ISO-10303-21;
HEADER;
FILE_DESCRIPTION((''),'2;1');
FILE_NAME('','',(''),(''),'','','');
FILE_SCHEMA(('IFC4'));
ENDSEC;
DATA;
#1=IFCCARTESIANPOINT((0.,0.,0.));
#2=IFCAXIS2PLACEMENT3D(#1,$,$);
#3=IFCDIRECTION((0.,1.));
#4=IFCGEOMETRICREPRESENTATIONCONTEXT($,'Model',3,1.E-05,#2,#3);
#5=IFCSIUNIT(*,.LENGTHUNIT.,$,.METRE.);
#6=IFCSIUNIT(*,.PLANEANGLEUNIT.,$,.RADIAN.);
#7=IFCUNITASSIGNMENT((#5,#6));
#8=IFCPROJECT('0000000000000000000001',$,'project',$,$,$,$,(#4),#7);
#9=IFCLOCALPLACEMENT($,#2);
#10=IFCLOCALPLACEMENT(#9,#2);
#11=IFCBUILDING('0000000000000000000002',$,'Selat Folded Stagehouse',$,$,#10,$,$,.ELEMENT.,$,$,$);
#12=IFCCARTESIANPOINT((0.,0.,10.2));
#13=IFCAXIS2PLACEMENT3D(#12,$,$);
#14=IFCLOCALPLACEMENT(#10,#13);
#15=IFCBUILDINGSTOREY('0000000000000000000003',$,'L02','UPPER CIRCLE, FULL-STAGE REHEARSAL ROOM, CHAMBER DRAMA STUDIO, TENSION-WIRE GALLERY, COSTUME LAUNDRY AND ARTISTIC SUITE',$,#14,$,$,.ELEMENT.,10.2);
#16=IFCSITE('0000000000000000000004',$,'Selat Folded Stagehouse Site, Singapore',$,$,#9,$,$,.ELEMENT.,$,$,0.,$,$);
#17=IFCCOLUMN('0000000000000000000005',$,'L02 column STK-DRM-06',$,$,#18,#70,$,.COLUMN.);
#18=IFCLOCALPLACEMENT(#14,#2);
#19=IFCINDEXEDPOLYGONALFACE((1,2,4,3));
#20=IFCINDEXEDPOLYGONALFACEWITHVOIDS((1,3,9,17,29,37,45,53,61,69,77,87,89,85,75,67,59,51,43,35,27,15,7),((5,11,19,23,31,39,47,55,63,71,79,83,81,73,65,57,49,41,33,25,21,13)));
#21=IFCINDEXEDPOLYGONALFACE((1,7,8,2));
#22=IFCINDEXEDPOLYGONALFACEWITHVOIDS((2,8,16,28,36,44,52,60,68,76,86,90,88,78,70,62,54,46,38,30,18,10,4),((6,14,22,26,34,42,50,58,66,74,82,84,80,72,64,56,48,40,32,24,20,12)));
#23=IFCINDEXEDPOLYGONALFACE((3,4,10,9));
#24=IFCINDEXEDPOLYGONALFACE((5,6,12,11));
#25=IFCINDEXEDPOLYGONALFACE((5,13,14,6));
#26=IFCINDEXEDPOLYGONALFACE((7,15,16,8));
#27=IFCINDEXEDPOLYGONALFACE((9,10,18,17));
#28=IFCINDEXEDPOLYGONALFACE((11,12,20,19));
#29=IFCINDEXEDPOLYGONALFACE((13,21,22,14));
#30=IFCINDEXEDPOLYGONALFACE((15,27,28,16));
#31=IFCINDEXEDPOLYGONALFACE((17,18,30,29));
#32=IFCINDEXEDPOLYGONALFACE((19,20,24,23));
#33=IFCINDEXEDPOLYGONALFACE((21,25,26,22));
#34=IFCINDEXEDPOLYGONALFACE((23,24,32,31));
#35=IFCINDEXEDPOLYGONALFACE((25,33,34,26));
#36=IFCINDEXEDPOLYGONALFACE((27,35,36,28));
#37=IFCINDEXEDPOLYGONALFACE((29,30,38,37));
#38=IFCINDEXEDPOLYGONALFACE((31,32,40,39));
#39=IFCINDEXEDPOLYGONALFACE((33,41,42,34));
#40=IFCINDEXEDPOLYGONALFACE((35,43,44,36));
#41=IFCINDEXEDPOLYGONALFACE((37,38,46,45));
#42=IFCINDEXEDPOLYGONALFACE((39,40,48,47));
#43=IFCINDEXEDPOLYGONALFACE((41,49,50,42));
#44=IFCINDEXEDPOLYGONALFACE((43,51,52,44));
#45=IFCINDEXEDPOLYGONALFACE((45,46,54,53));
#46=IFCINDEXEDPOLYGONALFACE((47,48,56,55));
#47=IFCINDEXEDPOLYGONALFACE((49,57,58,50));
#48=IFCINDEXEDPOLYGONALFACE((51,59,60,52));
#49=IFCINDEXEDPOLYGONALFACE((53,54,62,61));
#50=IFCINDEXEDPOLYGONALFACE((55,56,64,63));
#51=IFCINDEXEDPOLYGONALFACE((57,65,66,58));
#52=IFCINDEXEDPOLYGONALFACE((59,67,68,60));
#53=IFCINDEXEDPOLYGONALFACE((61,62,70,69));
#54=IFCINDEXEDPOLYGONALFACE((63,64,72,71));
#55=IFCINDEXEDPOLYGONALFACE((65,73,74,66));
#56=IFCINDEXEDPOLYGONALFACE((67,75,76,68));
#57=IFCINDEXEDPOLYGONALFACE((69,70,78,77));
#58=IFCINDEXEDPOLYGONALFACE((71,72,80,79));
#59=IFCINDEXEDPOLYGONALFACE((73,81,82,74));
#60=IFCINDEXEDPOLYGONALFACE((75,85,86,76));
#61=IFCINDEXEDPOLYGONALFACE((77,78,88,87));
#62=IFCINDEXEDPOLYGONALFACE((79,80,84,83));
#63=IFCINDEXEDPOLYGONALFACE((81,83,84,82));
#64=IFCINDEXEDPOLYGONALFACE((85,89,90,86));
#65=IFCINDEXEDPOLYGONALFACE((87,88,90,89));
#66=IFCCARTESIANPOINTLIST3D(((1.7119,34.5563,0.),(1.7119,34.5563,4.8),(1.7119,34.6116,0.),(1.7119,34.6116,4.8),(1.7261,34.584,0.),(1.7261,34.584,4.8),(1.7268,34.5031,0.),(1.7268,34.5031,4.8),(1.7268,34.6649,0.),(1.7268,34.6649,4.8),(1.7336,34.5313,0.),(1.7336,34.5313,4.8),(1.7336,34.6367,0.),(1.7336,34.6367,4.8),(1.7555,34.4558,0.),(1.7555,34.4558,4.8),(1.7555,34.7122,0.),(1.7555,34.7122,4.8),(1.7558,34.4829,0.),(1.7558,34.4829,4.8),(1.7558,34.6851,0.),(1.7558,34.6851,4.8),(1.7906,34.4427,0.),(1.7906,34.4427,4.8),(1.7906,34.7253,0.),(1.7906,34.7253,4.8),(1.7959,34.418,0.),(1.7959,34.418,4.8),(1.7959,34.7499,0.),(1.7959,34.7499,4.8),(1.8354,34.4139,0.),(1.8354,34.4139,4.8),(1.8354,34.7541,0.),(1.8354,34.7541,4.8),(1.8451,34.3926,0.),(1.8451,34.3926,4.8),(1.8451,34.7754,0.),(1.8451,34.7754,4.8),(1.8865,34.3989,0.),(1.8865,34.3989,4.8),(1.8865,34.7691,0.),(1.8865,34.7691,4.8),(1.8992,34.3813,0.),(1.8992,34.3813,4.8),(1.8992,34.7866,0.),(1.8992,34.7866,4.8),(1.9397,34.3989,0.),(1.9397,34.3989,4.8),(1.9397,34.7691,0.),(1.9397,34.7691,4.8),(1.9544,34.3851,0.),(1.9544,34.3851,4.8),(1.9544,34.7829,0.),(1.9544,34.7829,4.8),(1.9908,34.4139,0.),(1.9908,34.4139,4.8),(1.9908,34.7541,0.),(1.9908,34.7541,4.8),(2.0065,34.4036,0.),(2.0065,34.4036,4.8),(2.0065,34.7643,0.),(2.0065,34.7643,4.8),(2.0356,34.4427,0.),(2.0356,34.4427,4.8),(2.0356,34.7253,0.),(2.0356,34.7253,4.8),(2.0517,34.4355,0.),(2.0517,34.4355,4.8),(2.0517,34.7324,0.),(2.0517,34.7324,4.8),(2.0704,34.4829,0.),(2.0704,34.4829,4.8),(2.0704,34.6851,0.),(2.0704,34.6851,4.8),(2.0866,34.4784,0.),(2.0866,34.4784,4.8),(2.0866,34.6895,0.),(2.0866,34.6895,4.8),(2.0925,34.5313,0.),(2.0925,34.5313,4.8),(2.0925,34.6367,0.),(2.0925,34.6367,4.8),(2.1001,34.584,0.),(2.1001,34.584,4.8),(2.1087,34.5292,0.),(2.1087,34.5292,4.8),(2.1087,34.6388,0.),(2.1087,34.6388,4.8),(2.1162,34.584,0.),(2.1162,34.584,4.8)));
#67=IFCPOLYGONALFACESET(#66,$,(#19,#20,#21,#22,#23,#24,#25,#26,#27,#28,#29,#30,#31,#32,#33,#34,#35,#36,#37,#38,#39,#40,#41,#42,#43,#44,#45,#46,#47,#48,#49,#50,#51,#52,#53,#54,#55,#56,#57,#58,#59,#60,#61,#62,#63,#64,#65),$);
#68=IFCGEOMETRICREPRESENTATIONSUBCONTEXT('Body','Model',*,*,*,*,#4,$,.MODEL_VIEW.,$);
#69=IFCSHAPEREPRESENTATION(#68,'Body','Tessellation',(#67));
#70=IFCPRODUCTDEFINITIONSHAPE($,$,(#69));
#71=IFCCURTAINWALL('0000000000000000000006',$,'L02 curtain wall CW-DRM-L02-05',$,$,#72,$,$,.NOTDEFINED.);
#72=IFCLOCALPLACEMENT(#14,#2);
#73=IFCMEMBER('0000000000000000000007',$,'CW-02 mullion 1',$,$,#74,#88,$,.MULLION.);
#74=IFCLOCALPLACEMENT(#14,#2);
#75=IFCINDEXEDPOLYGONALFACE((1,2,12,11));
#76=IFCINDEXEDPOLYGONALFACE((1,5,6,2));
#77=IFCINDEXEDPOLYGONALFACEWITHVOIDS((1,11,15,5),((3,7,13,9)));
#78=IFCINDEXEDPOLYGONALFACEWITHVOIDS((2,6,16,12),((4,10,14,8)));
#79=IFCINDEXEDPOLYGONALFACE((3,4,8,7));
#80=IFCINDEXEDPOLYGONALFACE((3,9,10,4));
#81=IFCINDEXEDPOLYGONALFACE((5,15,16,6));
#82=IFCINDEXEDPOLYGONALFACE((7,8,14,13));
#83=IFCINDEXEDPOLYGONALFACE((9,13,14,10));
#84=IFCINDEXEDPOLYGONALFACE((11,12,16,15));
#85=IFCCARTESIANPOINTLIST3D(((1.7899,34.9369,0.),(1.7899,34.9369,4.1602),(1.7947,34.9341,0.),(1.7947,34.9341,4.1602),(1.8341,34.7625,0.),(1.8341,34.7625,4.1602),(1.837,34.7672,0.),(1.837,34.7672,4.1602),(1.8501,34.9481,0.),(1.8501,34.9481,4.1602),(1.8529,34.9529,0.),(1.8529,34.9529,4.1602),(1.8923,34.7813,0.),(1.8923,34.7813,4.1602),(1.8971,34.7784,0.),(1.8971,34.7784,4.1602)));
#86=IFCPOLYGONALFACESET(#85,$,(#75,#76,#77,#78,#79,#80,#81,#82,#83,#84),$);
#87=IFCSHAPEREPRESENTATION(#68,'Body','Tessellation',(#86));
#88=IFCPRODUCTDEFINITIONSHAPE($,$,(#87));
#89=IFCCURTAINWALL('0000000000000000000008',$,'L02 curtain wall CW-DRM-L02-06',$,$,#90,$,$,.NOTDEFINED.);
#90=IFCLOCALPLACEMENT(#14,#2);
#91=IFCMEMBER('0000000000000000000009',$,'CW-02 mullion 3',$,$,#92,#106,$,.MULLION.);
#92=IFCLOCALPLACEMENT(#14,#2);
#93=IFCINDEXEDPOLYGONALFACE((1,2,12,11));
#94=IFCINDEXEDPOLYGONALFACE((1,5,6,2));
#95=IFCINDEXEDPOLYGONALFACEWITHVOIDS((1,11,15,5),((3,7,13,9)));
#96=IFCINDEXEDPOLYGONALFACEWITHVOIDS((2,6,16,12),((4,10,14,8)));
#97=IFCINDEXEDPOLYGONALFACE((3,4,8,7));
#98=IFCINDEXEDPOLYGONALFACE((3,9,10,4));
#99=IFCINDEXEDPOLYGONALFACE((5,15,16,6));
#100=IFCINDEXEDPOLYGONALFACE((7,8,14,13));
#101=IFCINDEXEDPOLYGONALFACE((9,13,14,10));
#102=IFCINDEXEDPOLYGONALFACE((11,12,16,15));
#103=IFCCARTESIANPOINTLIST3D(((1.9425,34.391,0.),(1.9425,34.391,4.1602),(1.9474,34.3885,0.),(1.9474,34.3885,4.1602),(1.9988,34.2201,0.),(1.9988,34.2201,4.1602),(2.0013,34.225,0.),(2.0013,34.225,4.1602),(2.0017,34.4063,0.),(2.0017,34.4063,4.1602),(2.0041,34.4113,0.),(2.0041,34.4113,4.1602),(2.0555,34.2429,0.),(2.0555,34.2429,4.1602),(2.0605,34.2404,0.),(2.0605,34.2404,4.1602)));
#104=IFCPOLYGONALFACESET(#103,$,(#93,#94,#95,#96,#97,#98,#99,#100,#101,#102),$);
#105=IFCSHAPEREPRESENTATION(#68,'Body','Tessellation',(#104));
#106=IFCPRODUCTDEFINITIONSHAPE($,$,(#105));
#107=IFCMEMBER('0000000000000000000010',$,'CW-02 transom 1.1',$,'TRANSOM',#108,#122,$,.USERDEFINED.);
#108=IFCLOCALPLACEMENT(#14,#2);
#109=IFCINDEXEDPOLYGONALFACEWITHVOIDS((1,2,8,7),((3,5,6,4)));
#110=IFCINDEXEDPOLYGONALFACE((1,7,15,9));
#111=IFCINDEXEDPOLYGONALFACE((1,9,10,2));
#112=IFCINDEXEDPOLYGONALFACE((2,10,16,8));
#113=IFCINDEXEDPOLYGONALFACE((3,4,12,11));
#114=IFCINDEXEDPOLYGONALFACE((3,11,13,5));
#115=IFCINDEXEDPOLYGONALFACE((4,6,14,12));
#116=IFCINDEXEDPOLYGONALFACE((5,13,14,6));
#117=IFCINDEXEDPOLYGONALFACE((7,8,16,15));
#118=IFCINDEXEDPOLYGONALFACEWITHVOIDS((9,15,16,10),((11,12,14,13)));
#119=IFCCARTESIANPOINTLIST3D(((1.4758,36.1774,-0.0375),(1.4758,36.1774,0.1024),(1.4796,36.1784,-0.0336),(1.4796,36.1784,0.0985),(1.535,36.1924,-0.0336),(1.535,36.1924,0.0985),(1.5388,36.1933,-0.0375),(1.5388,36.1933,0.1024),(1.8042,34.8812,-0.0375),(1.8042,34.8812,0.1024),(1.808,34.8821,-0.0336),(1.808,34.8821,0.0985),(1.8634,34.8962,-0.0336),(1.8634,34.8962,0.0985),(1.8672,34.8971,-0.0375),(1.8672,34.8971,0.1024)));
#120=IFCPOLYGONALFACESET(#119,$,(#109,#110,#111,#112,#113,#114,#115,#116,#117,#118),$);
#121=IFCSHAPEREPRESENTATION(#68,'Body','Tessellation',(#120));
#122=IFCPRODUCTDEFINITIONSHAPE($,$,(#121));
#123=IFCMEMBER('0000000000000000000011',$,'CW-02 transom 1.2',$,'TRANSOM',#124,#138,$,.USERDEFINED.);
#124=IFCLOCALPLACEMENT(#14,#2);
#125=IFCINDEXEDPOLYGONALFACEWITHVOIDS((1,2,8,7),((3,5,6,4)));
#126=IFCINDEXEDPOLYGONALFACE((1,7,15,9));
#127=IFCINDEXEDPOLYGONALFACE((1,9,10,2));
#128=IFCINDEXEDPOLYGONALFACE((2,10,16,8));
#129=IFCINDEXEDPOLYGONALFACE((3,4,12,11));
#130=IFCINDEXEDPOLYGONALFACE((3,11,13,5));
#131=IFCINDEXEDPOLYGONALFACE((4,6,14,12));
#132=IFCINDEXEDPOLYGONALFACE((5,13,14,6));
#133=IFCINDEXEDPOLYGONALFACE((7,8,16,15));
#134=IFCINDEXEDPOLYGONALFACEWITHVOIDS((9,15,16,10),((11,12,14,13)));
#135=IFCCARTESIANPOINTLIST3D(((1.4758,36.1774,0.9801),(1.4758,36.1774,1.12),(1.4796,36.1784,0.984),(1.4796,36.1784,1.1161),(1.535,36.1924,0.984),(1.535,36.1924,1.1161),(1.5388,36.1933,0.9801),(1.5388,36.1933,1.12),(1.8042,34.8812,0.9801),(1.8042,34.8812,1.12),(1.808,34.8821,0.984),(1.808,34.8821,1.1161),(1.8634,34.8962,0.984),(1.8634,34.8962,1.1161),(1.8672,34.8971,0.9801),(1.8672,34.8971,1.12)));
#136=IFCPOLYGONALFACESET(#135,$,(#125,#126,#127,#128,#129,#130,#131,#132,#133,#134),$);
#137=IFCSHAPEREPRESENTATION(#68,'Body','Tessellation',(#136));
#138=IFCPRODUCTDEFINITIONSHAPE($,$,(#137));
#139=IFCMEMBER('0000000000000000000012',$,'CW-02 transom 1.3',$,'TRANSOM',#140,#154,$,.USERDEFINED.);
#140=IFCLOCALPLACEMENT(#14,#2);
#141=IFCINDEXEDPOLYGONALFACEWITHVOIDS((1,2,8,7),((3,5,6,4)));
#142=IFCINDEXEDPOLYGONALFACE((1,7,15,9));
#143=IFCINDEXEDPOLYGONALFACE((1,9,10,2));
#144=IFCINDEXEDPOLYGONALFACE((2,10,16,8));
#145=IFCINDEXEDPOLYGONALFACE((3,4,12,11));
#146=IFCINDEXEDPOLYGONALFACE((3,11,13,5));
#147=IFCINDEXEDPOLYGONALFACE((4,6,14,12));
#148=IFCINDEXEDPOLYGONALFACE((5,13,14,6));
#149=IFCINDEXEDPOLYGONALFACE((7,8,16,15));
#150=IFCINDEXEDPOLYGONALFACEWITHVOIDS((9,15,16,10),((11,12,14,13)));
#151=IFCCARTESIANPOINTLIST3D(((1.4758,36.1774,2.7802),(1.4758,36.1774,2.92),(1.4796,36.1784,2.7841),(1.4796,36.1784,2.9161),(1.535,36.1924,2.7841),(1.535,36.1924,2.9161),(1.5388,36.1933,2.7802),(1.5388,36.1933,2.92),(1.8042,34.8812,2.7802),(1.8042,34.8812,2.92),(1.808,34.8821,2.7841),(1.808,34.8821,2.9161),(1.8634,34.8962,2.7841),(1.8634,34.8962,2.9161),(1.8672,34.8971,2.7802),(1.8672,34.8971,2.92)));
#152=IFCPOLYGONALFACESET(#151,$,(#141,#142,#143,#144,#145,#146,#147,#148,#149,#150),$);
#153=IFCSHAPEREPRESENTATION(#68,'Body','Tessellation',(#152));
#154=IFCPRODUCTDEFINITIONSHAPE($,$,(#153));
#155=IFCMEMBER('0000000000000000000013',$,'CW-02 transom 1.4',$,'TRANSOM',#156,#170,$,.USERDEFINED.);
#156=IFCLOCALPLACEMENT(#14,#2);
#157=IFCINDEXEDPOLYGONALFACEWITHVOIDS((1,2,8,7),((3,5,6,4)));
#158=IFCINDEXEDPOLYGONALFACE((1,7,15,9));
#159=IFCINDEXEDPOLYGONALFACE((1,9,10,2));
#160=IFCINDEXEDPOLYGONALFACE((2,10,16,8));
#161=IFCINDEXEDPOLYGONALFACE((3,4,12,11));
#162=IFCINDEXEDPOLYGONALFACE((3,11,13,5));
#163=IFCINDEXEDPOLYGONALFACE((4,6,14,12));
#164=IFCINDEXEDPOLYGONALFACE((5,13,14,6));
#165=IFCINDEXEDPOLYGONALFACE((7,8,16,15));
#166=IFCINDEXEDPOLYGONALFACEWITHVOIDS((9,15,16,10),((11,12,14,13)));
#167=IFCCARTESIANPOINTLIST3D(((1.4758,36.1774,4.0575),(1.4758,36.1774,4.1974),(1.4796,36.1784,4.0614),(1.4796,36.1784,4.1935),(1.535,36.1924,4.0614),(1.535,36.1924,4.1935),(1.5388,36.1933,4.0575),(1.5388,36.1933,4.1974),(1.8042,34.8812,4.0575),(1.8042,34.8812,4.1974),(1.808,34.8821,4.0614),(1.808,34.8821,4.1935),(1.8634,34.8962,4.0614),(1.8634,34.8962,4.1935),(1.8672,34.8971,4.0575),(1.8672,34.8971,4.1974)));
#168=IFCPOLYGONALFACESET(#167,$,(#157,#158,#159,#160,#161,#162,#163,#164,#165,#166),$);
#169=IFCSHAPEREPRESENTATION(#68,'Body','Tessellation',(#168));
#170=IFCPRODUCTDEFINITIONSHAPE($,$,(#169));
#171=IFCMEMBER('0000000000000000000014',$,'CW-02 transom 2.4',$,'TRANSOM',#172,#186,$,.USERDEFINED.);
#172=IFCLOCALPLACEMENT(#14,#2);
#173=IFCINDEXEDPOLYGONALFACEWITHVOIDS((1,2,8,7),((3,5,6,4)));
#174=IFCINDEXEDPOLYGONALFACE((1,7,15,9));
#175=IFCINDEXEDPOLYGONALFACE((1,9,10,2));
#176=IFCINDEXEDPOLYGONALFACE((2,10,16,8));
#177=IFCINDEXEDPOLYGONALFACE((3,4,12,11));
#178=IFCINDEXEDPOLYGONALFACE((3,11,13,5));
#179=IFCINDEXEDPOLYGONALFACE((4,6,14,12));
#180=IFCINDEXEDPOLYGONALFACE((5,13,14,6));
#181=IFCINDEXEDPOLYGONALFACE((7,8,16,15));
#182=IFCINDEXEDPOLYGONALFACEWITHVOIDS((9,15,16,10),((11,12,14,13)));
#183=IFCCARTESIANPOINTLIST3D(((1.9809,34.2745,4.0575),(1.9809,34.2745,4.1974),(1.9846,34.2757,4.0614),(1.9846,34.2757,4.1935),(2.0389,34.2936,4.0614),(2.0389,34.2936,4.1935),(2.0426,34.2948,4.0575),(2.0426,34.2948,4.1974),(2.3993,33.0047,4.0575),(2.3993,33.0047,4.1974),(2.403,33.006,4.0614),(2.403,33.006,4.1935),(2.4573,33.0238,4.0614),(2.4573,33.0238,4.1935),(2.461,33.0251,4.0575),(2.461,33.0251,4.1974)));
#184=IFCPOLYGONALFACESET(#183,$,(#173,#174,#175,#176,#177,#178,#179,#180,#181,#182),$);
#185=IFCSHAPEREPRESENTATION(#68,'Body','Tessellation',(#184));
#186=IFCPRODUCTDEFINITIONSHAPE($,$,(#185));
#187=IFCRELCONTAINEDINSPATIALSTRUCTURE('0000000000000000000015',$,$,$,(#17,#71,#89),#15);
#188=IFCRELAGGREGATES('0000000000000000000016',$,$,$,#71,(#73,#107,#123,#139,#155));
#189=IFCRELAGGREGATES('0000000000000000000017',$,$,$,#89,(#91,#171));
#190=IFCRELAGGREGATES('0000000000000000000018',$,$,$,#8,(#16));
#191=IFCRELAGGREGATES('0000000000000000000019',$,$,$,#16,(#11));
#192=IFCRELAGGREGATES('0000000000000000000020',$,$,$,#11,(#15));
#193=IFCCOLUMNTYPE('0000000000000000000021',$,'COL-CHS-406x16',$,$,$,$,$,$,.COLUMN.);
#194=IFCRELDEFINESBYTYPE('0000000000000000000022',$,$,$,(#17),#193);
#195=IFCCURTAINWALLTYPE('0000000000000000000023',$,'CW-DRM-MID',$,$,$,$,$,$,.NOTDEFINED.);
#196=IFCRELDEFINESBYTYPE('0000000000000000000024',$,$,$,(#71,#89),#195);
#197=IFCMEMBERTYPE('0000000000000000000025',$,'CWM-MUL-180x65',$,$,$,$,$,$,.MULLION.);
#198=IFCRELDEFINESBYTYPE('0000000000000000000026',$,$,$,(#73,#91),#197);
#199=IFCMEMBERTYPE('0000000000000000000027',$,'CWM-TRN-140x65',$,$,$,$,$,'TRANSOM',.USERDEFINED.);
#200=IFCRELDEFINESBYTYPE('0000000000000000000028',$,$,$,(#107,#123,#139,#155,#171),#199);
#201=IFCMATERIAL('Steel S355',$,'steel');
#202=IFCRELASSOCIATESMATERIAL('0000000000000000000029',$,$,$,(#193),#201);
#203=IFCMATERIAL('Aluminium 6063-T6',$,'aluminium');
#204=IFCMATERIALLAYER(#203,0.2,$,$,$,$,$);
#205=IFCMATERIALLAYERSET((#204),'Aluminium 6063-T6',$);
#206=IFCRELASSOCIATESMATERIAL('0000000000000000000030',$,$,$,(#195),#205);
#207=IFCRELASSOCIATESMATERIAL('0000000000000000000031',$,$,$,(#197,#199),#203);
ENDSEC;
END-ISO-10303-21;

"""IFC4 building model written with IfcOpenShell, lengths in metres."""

from ifc_helpers import new_model, si_unit, direction, frame, origin, origin_2d, place, context, subcontext, project, spatial, hollow_rectangle, hollow_circle, extrude, material, layer, layer_set, material_profile, profile_set, type_object, element, aggregate, save


model = new_model("IFC4")

# Units and contexts
model_context = context("Model", 3, precision=1e-05, world=origin(), true_north=direction((0.0, 1.0)))
body_context = subcontext(model_context, "Body", "Model", "MODEL_VIEW")
ifc_project = project(units=[si_unit("LENGTHUNIT", "METRE"), si_unit("PLANEANGLEUNIT", "RADIAN")], contexts=[model_context])

# Site, building, storey
site_placement = place(None, origin())
site = spatial("IfcSite", under=ifc_project, at=site_placement, Name="Selat Folded Stagehouse Site, Singapore", CompositionType="ELEMENT", RefElevation=0.0)
building_placement = place(site_placement, origin())
building = spatial("IfcBuilding", under=site, at=building_placement, Name="Selat Folded Stagehouse", CompositionType="ELEMENT")
storey_placement = place(building_placement, frame((0.0, 0.0, 10.2)))
storey = spatial("IfcBuildingStorey", under=building, at=storey_placement, Name="L02", Description="UPPER CIRCLE, FULL-STAGE REHEARSAL ROOM, CHAMBER DRAMA STUDIO, TENSION-WIRE GALLERY, COSTUME LAUNDRY AND ARTISTIC SUITE", CompositionType="ELEMENT", Elevation=10.2)

# Column
ifc_material_1 = material(Name="Steel S355", Category="steel")
ifc_material_profile_1 = material_profile(ifc_material_1, hollow_circle(Radius=0.2031, WallThickness=0.0161, at=origin_2d()), Name="CHS 406.4x16.0")
ifc_profile_set_1 = profile_set([ifc_material_profile_1], Name="Steel S355")
column_type = type_object("IfcColumnType", Name="COL-CHS-406x16", PredefinedType="COLUMN", material=ifc_profile_set_1)
column_placement = place(storey_placement, frame((1.9131, 34.584, 0.0), z_axis=(0.0, 0.0, 1.0), x_axis=(1.0, 0.0, 0.0)))
element("IfcColumn", 1, at=column_placement, inside=storey, type_object=column_type, Name="L02 column STK-DRM-06", PredefinedType="COLUMN", context=body_context, shape_type="SweptSolid", body=[
    extrude(hollow_circle(Radius=0.2031, WallThickness=0.0161, at=origin_2d()), origin(), (0.0, 0.0, 1.0), 4.8),
])

# Curtain walls, members
ifc_material_2 = material(Name="Aluminium 6063-T6", Category="aluminium")
ifc_layer_1 = layer(ifc_material_2, 0.2)
ifc_layer_set_1 = layer_set([ifc_layer_1], Name="Aluminium 6063-T6")
curtain_wall_type = type_object("IfcCurtainWallType", Name="CW-DRM-MID", PredefinedType="NOTDEFINED", material=ifc_layer_set_1)
curtain_wall_1_placement = place(storey_placement, origin())
curtain_wall_1 = element("IfcCurtainWall", 2, at=curtain_wall_1_placement, inside=storey, type_object=curtain_wall_type, Name="L02 curtain wall CW-DRM-L02-05", PredefinedType="NOTDEFINED")
ifc_material_profile_2 = material_profile(ifc_material_2, hollow_rectangle(XDim=0.0649, YDim=0.1799, WallThickness=0.0039, at=origin_2d()), Name="ALU 180x65x4.0")
ifc_profile_set_2 = profile_set([ifc_material_profile_2], Name="Aluminium 6063-T6")
member_type_1 = type_object("IfcMemberType", Name="CWM-MUL-180x65", PredefinedType="MULLION", material=ifc_profile_set_2)
member_1_placement = place(storey_placement, frame((1.8435, 34.8577, 0.0), z_axis=(0.0, 0.0, 1.0), x_axis=(-0.969367, -0.245618, 0.0)))
member_1 = element("IfcMember", 3, at=member_1_placement, type_object=member_type_1, Name="CW-02 mullion 1", PredefinedType="MULLION", context=body_context, shape_type="SweptSolid", body=[
    extrude(hollow_rectangle(XDim=0.0649, YDim=0.1799, WallThickness=0.0039, at=origin_2d()), origin(), (0.0, 0.0, 1.0), 4.1602),
])
curtain_wall_2_placement = place(storey_placement, origin())
curtain_wall_2 = element("IfcCurtainWall", 4, at=curtain_wall_2_placement, inside=storey, type_object=curtain_wall_type, Name="L02 curtain wall CW-DRM-L02-06", PredefinedType="NOTDEFINED")
member_2_placement = place(storey_placement, frame((2.0015, 34.3157, 0.0), z_axis=(0.0, 0.0, 1.0), x_axis=(-0.949755, -0.312995, 0.0)))
member_2 = element("IfcMember", 5, at=member_2_placement, type_object=member_type_1, Name="CW-02 mullion 3", PredefinedType="MULLION", context=body_context, shape_type="SweptSolid", body=[
    extrude(hollow_rectangle(XDim=0.0649, YDim=0.1799, WallThickness=0.0039, at=origin_2d()), origin(), (0.0, 0.0, 1.0), 4.1602),
])

# Members
ifc_material_profile_3 = material_profile(ifc_material_2, hollow_rectangle(XDim=0.0649, YDim=0.1399, WallThickness=0.0039, at=origin_2d()), Name="ALU 140x65x4.0")
ifc_profile_set_3 = profile_set([ifc_material_profile_3], Name="Aluminium 6063-T6")
member_type_2 = type_object("IfcMemberType", Name="CWM-TRN-140x65", ElementType="TRANSOM", PredefinedType="USERDEFINED", material=ifc_profile_set_3)
member_3_placement = place(storey_placement, frame((1.8357, 34.8892, 0.0325), z_axis=(-0.245585, 0.969375, 0.0), x_axis=(-0.969375, -0.245585, 0.0)))
member_3 = element("IfcMember", 6, at=member_3_placement, type_object=member_type_2, Name="CW-02 transom 1.1", ObjectType="TRANSOM", PredefinedType="USERDEFINED", context=body_context, shape_type="SweptSolid", body=[
    extrude(hollow_rectangle(XDim=0.0649, YDim=0.1399, WallThickness=0.0039, at=origin_2d()), origin(), (0.0, 0.0, 1.0), 1.3372),
])
member_4_placement = place(storey_placement, frame((1.8357, 34.8892, 1.05), z_axis=(-0.245585, 0.969375, 0.0), x_axis=(-0.969375, -0.245585, 0.0)))
member_4 = element("IfcMember", 7, at=member_4_placement, type_object=member_type_2, Name="CW-02 transom 1.2", ObjectType="TRANSOM", PredefinedType="USERDEFINED", context=body_context, shape_type="SweptSolid", body=[
    extrude(hollow_rectangle(XDim=0.0649, YDim=0.1399, WallThickness=0.0039, at=origin_2d()), origin(), (0.0, 0.0, 1.0), 1.3372),
])
member_5_placement = place(storey_placement, frame((1.8357, 34.8892, 2.8501), z_axis=(-0.245585, 0.969375, 0.0), x_axis=(-0.969375, -0.245585, 0.0)))
member_5 = element("IfcMember", 8, at=member_5_placement, type_object=member_type_2, Name="CW-02 transom 1.3", ObjectType="TRANSOM", PredefinedType="USERDEFINED", context=body_context, shape_type="SweptSolid", body=[
    extrude(hollow_rectangle(XDim=0.0649, YDim=0.1399, WallThickness=0.0039, at=origin_2d()), origin(), (0.0, 0.0, 1.0), 1.3372),
])
member_6_placement = place(storey_placement, frame((1.8357, 34.8892, 4.1274), z_axis=(-0.245585, 0.969375, 0.0), x_axis=(-0.969375, -0.245585, 0.0)))
member_6 = element("IfcMember", 9, at=member_6_placement, type_object=member_type_2, Name="CW-02 transom 1.4", ObjectType="TRANSOM", PredefinedType="USERDEFINED", context=body_context, shape_type="SweptSolid", body=[
    extrude(hollow_rectangle(XDim=0.0649, YDim=0.1399, WallThickness=0.0039, at=origin_2d()), origin(), (0.0, 0.0, 1.0), 1.3372),
])
aggregate(curtain_wall_1, [member_1, member_3, member_4, member_5, member_6])
member_7_placement = place(storey_placement, frame((2.4302, 33.0149, 4.1274), z_axis=(-0.312994, 0.949755, 0.0), x_axis=(-0.949755, -0.312994, 0.0)))
member_7 = element("IfcMember", 10, at=member_7_placement, type_object=member_type_2, Name="CW-02 transom 2.4", ObjectType="TRANSOM", PredefinedType="USERDEFINED", context=body_context, shape_type="SweptSolid", body=[
    extrude(hollow_rectangle(XDim=0.0649, YDim=0.1399, WallThickness=0.0039, at=origin_2d()), origin(), (0.0, 0.0, 1.0), 1.3369),
])

aggregate(curtain_wall_2, [member_2, member_7])

save(model, "model.ifc")
